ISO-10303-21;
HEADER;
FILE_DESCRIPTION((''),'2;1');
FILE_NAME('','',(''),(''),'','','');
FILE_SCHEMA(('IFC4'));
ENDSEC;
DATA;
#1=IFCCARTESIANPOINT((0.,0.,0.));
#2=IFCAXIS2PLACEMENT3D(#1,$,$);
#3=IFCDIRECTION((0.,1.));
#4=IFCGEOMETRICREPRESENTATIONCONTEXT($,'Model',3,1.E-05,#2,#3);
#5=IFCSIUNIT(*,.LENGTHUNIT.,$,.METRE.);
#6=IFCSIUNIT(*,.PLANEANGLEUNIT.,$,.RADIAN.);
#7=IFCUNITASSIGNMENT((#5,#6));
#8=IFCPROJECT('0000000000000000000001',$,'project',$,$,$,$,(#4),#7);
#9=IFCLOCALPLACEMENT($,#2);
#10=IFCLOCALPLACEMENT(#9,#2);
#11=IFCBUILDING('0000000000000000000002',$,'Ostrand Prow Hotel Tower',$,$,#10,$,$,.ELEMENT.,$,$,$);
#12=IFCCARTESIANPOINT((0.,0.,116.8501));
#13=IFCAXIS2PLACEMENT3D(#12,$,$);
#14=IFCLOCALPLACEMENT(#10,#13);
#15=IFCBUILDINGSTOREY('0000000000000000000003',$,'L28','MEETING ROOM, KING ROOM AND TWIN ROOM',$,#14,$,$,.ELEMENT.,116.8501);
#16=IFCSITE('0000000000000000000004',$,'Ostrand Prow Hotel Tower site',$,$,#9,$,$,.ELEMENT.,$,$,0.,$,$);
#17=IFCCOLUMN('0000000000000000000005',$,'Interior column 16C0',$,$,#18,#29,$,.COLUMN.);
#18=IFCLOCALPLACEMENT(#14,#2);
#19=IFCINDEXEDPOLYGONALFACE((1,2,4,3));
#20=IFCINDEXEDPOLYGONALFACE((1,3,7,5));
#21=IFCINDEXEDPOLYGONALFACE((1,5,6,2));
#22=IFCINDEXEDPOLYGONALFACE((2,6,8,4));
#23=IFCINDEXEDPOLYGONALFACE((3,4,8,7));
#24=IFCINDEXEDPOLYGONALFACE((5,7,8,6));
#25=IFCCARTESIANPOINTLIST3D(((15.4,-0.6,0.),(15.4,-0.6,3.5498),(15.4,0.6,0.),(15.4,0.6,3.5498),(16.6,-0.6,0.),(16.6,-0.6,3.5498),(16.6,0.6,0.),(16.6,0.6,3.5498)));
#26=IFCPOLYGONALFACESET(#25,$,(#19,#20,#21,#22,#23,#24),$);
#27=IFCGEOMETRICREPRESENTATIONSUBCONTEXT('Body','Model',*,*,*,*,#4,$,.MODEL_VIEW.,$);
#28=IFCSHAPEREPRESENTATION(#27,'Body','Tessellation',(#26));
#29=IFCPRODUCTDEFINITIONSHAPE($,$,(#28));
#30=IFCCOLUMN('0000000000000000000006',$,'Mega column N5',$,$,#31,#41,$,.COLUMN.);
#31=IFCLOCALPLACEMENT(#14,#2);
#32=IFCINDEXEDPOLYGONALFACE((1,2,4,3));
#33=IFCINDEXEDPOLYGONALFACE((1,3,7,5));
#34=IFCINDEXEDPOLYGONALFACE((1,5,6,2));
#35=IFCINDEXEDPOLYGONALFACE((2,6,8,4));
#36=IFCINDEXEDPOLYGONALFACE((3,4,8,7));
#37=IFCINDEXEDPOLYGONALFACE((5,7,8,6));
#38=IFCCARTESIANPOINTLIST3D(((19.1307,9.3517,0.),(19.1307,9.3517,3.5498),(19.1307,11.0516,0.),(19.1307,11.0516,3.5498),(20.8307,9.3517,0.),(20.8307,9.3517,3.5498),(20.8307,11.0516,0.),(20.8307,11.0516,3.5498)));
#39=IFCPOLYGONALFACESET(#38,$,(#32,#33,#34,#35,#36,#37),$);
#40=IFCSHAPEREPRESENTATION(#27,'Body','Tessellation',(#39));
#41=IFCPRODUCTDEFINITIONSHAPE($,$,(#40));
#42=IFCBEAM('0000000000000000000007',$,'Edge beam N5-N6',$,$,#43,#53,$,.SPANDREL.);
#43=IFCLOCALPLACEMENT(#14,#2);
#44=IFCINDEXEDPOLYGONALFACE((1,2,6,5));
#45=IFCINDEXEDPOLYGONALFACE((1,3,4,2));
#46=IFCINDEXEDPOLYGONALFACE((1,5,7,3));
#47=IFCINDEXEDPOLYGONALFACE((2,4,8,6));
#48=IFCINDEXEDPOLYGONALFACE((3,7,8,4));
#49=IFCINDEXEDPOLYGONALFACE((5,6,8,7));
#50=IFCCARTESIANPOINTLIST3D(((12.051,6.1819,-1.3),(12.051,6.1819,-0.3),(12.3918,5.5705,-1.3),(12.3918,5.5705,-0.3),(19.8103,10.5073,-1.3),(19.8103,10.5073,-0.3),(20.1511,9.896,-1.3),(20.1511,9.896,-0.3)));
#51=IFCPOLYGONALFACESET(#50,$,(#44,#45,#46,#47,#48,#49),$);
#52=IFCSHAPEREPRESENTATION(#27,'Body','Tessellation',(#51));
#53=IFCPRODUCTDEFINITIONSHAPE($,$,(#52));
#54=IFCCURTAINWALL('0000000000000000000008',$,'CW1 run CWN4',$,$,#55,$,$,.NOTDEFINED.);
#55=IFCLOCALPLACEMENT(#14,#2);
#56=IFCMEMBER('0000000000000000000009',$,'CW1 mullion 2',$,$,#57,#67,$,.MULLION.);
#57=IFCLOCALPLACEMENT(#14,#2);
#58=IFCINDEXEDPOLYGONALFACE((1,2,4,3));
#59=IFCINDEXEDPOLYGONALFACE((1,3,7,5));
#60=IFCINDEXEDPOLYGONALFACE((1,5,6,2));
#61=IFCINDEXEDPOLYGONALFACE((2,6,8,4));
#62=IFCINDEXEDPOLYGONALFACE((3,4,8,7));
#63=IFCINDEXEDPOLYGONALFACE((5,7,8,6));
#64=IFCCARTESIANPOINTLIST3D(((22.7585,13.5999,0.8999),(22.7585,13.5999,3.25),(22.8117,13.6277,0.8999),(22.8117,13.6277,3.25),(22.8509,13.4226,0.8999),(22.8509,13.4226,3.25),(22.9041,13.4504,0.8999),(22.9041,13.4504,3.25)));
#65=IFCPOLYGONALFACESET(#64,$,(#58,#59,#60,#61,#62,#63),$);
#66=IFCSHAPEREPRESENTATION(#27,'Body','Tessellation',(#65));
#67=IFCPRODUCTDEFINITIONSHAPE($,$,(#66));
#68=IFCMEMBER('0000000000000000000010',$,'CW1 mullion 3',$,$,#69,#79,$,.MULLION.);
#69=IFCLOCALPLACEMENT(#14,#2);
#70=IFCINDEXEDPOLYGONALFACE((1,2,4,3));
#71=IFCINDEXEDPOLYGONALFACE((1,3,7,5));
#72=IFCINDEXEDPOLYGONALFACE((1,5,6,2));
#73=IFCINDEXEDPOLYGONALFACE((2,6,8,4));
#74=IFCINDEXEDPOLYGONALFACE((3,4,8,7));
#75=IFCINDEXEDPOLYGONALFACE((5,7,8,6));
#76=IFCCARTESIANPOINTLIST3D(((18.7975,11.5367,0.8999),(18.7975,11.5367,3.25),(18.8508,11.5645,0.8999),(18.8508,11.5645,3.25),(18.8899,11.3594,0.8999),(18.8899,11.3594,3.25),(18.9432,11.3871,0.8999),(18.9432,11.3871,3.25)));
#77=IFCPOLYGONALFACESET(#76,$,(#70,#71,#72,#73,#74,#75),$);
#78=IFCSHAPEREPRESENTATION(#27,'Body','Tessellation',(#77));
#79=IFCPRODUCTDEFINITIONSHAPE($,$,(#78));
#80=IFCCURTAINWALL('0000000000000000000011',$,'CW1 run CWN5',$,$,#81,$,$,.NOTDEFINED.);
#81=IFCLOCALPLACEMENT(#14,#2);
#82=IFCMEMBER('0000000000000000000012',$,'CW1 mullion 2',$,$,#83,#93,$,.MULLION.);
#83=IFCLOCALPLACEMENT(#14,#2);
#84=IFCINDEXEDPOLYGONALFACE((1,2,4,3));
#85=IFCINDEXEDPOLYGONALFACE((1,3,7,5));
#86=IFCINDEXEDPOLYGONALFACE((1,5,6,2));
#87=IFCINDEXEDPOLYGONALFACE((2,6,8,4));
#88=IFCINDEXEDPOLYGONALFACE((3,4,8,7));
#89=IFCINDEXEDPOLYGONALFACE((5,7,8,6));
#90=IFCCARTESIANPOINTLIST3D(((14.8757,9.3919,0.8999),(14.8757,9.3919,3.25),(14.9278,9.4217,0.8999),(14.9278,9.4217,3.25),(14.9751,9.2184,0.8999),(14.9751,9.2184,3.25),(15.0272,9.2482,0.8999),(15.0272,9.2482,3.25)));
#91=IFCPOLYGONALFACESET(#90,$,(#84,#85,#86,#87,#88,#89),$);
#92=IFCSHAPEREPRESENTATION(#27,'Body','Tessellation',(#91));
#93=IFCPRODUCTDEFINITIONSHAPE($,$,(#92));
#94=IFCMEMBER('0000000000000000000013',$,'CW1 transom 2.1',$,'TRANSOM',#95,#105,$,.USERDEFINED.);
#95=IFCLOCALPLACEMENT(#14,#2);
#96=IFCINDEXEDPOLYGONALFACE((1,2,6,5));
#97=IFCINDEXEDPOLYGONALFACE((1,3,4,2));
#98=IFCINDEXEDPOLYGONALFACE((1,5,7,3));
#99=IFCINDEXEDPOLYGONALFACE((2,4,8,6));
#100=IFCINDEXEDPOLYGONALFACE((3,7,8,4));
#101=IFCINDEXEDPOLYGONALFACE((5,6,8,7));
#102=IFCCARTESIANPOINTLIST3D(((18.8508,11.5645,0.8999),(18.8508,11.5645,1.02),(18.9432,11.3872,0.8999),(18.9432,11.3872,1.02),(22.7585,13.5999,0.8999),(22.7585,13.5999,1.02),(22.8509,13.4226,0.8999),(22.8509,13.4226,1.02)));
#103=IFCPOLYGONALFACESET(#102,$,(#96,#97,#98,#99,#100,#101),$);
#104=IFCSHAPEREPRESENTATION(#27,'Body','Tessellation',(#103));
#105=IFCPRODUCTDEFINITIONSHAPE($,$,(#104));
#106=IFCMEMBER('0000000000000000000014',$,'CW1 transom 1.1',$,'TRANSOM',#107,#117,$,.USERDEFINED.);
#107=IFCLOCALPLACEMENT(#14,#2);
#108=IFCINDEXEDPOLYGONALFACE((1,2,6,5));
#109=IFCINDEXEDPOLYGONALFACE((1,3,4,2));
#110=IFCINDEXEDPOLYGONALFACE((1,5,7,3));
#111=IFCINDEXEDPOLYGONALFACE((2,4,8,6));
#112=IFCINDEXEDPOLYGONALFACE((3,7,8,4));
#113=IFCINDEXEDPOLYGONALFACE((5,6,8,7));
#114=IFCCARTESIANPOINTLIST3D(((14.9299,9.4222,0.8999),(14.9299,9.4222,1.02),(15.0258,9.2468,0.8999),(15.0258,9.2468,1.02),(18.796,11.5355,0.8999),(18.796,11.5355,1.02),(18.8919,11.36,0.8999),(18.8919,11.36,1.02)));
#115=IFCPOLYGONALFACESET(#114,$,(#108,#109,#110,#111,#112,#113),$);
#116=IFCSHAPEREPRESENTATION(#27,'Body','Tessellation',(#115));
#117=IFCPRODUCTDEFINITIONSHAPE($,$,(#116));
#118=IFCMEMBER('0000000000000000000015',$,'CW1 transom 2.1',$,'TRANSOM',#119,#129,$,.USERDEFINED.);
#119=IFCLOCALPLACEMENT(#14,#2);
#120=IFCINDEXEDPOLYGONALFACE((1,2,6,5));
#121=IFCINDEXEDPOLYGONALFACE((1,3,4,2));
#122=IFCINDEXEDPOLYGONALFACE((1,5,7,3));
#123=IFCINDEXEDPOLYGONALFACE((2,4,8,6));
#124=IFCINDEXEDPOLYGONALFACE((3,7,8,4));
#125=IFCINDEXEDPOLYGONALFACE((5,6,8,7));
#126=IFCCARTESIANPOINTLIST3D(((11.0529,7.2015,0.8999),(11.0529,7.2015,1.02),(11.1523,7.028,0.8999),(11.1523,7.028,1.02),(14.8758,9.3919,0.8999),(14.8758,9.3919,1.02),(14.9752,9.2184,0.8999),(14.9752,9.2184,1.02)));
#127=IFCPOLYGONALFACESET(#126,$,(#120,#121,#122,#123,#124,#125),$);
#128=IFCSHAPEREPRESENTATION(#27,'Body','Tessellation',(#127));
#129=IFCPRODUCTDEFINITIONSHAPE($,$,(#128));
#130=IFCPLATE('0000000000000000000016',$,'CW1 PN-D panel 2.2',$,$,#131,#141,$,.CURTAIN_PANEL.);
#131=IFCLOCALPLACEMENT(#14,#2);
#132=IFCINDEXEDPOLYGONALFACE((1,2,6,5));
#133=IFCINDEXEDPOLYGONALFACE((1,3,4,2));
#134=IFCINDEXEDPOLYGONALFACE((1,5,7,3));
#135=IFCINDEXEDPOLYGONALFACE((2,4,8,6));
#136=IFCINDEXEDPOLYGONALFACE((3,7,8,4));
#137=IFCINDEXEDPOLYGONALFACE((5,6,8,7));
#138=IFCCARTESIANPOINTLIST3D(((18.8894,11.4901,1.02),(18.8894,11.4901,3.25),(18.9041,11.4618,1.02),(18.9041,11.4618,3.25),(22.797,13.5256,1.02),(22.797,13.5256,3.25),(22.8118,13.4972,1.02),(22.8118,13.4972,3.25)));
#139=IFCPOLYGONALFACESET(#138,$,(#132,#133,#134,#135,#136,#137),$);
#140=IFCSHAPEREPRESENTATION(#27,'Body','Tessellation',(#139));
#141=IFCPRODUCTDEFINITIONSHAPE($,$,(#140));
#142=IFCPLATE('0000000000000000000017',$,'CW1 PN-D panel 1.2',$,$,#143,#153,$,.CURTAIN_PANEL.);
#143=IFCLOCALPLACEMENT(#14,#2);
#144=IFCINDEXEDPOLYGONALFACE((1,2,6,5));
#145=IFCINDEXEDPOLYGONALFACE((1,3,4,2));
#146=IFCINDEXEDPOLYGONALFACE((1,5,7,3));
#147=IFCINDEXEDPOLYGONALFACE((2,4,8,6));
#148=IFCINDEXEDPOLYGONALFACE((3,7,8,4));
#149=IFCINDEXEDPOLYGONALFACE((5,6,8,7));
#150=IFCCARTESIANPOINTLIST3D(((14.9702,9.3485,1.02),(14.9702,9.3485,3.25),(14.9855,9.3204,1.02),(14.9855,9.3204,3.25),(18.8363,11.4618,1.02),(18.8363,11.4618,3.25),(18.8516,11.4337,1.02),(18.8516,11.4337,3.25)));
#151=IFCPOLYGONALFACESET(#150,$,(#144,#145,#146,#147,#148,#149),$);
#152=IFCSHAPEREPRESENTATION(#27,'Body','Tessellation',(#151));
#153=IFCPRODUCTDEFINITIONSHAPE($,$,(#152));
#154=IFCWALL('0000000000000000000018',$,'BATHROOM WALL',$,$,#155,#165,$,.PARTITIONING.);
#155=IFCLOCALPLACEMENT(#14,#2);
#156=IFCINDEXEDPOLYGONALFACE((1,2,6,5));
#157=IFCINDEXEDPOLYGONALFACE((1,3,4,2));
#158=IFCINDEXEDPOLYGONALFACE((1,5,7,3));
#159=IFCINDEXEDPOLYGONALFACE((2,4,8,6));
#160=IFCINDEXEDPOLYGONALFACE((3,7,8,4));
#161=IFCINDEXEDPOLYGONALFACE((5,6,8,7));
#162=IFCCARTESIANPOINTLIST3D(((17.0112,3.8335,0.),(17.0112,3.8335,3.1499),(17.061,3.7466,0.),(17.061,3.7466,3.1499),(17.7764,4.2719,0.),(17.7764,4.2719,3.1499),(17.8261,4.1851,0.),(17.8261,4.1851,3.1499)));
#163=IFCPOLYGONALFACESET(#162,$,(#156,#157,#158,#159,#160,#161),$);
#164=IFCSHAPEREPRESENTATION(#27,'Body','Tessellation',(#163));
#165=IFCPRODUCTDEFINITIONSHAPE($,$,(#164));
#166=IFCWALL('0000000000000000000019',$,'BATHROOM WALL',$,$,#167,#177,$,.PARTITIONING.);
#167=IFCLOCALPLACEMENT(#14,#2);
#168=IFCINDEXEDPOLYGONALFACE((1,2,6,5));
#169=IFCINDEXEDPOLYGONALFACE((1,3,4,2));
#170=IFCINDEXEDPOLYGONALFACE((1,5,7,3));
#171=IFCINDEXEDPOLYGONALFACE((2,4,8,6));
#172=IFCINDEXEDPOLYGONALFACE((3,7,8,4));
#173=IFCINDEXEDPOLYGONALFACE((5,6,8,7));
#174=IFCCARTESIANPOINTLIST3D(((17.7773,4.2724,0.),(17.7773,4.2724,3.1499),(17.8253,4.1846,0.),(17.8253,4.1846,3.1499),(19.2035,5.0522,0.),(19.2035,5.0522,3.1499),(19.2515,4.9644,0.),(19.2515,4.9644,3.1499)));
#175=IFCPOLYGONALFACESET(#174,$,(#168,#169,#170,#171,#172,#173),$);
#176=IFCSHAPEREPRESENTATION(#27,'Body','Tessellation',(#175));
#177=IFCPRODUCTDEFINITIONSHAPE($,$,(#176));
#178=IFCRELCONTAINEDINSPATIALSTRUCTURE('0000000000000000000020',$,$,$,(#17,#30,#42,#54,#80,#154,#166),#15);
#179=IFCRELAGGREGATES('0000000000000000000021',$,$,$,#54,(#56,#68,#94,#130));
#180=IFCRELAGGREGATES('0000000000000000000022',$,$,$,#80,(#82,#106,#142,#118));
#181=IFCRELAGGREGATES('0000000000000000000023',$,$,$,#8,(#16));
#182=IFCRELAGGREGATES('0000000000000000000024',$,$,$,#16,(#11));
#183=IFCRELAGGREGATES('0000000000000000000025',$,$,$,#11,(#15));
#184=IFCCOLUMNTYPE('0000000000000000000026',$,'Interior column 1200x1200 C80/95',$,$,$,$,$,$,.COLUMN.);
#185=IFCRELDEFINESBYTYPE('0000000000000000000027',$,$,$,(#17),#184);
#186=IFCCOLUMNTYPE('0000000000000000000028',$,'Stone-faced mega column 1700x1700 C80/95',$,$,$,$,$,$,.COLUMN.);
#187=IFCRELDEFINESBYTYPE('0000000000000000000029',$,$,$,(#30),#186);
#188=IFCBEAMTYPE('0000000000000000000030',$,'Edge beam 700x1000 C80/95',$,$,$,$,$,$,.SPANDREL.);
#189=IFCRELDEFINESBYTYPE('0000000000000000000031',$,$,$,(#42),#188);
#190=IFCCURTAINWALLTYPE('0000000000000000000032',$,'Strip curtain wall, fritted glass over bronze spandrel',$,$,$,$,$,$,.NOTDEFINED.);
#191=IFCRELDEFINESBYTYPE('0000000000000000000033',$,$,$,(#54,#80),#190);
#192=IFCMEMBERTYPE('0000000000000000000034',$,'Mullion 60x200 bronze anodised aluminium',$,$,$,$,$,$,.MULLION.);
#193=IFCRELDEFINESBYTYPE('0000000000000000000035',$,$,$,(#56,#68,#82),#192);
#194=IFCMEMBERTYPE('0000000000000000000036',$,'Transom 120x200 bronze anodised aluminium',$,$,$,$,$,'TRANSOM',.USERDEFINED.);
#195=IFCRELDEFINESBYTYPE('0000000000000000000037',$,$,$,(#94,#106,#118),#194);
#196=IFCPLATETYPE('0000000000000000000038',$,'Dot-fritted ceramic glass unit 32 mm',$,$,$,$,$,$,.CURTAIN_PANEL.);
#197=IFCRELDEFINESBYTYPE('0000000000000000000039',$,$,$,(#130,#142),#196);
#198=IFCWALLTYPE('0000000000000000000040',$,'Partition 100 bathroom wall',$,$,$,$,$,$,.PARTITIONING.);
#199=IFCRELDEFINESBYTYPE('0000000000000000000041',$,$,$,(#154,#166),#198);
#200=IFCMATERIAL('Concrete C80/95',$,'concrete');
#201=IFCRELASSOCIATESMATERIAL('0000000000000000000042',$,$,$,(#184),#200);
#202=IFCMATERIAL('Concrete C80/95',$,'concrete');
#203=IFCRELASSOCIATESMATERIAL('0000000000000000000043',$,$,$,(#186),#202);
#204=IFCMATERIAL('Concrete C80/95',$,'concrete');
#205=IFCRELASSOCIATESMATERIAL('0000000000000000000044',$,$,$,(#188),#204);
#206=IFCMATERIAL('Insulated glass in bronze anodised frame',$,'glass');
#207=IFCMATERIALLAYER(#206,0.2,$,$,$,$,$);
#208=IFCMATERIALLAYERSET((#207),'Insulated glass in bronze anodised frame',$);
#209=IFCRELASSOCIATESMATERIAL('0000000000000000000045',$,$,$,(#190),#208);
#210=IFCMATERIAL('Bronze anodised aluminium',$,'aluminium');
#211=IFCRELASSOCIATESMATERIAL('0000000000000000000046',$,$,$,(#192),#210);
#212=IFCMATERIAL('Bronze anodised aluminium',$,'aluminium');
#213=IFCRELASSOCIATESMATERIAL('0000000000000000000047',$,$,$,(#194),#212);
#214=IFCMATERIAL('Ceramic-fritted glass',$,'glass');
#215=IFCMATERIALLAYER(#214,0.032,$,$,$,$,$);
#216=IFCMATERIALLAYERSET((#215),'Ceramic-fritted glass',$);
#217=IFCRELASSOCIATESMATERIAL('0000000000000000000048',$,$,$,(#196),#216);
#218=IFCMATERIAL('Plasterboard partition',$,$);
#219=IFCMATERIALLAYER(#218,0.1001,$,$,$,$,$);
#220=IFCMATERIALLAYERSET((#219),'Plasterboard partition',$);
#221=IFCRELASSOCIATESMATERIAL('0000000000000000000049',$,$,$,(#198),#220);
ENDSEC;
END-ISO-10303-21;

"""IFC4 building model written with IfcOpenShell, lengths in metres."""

from ifc_helpers import new_model, si_unit, direction, frame, frame_2d, origin, origin_2d, place, context, subcontext, project, spatial, rectangle, extrude, material, layer, layer_set, material_profile, profile_set, type_object, element, aggregate, save


model = new_model("IFC4")

# Units and contexts
model_context = context("Model", 3, precision=1e-05, world=origin(), true_north=direction((0.0, 1.0)))
body_context = subcontext(model_context, "Body", "Model", "MODEL_VIEW")
ifc_project = project(units=[si_unit("LENGTHUNIT", "METRE"), si_unit("PLANEANGLEUNIT", "RADIAN")], contexts=[model_context])

# Site, building, storey
site_placement = place(None, origin())
site = spatial("IfcSite", under=ifc_project, at=site_placement, Name="Ostrand Prow Hotel Tower site", CompositionType="ELEMENT", RefElevation=0.0)
building_placement = place(site_placement, origin())
building = spatial("IfcBuilding", under=site, at=building_placement, Name="Ostrand Prow Hotel Tower", CompositionType="ELEMENT")
storey_placement = place(building_placement, frame((0.0, 0.0, 116.8501)))
storey = spatial("IfcBuildingStorey", under=building, at=storey_placement, Name="L28", Description="MEETING ROOM, KING ROOM AND TWIN ROOM", CompositionType="ELEMENT", Elevation=116.8501)

# Columns
ifc_material_1 = material(Name="Concrete C80/95", Category="concrete")
ifc_material_profile_1 = material_profile(ifc_material_1, rectangle(XDim=1.2, YDim=1.2, at=origin_2d()), Name="RC 1200x1200")
ifc_profile_set_1 = profile_set([ifc_material_profile_1], Name="Concrete C80/95")
column_type_1 = type_object("IfcColumnType", Name="Interior column 1200x1200 C80/95", PredefinedType="COLUMN", material=ifc_profile_set_1)
column_1_placement = place(storey_placement, frame((16.0, 0.0, 0.0), z_axis=(0.0, 0.0, 1.0), x_axis=(1.0, 0.0, 0.0)))
element("IfcColumn", 1, at=column_1_placement, inside=storey, type_object=column_type_1, Name="Interior column 16C0", PredefinedType="COLUMN", context=body_context, shape_type="SweptSolid", body=[
    extrude(rectangle(XDim=1.2, YDim=1.2, at=origin_2d()), origin(), (0.0, 0.0, 1.0), 3.5498),
])
ifc_material_2 = material(Name="Concrete C80/95", Category="concrete")
ifc_material_profile_2 = material_profile(ifc_material_2, rectangle(XDim=1.7, YDim=1.7, at=origin_2d()), Name="RC 1700x1700")
ifc_profile_set_2 = profile_set([ifc_material_profile_2], Name="Concrete C80/95")
column_type_2 = type_object("IfcColumnType", Name="Stone-faced mega column 1700x1700 C80/95", PredefinedType="COLUMN", material=ifc_profile_set_2)
column_2_placement = place(storey_placement, frame((19.9807, 10.2017, 0.0), z_axis=(0.0, 0.0, 1.0), x_axis=(1.0, 0.0, 0.0)))
element("IfcColumn", 2, at=column_2_placement, inside=storey, type_object=column_type_2, Name="Mega column N5", PredefinedType="COLUMN", context=body_context, shape_type="SweptSolid", body=[
    extrude(rectangle(XDim=1.7, YDim=1.7, at=origin_2d()), origin(), (0.0, 0.0, 1.0), 3.5498),
])

# Beam
ifc_material_3 = material(Name="Concrete C80/95", Category="concrete")
ifc_material_profile_3 = material_profile(ifc_material_3, rectangle(XDim=0.7, YDim=1.0, at=origin_2d()), Name="RC 700x1000")
ifc_profile_set_3 = profile_set([ifc_material_profile_3], Name="Concrete C80/95")
beam_type = type_object("IfcBeamType", Name="Edge beam 700x1000 C80/95", PredefinedType="SPANDREL", material=ifc_profile_set_3)
beam_placement = place(storey_placement, frame((19.9807, 10.2017, -0.8), z_axis=(-0.873452, -0.486909, 0.0), x_axis=(0.486909, -0.873452, 0.0)))
element("IfcBeam", 3, at=beam_placement, inside=storey, type_object=beam_type, Name="Edge beam N5-N6", PredefinedType="SPANDREL", context=body_context, shape_type="SweptSolid", body=[
    extrude(rectangle(XDim=0.7, YDim=1.0, at=origin_2d()), origin(), (0.0, 0.0, 1.0), 8.8835),
])

# Curtain wall, members
ifc_material_4 = material(Name="Insulated glass in bronze anodised frame", Category="glass")
ifc_layer_1 = layer(ifc_material_4, 0.2)
ifc_layer_set_1 = layer_set([ifc_layer_1], Name="Insulated glass in bronze anodised frame")
curtain_wall_type = type_object("IfcCurtainWallType", Name="Strip curtain wall, fritted glass over bronze spandrel", PredefinedType="NOTDEFINED", material=ifc_layer_set_1)
curtain_wall_1_placement = place(storey_placement, origin())
curtain_wall_1 = element("IfcCurtainWall", 4, at=curtain_wall_1_placement, inside=storey, type_object=curtain_wall_type, Name="CW1 run CWN4", PredefinedType="NOTDEFINED")
ifc_material_5 = material(Name="Bronze anodised aluminium", Category="aluminium")
ifc_material_profile_4 = material_profile(ifc_material_5, rectangle(XDim=0.2, YDim=0.0601, at=origin_2d()), Name="Mullion 60x200 bronze anodised aluminium")
ifc_profile_set_4 = profile_set([ifc_material_profile_4], Name="Bronze anodised aluminium")
member_type_1 = type_object("IfcMemberType", Name="Mullion 60x200 bronze anodised aluminium", PredefinedType="MULLION", material=ifc_profile_set_4)
member_1_placement = place(storey_placement, frame((22.8313, 13.5251, 0.8999), z_axis=(0.0, 0.0, 1.0), x_axis=(0.461968, -0.886896, 0.0)))
member_1 = element("IfcMember", 5, at=member_1_placement, type_object=member_type_1, Name="CW1 mullion 2", PredefinedType="MULLION", context=body_context, shape_type="SweptSolid", body=[
    extrude(rectangle(XDim=0.2, YDim=0.0601, at=origin_2d()), origin(), (0.0, 0.0, 1.0), 2.3501),
])
member_2_placement = place(storey_placement, frame((18.8704, 11.4619, 0.8999), z_axis=(0.0, 0.0, 1.0), x_axis=(0.461968, -0.886896, 0.0)))
member_2 = element("IfcMember", 6, at=member_2_placement, type_object=member_type_1, Name="CW1 mullion 3", PredefinedType="MULLION", context=body_context, shape_type="SweptSolid", body=[
    extrude(rectangle(XDim=0.2, YDim=0.0601, at=origin_2d()), origin(), (0.0, 0.0, 1.0), 2.3501),
])

# Curtain wall, member
curtain_wall_2_placement = place(storey_placement, origin())
curtain_wall_2 = element("IfcCurtainWall", 7, at=curtain_wall_2_placement, inside=storey, type_object=curtain_wall_type, Name="CW1 run CWN5", PredefinedType="NOTDEFINED")
member_3_placement = place(storey_placement, frame((14.9514, 9.3201, 0.8999), z_axis=(0.0, 0.0, 1.0), x_axis=(0.497115, -0.867685, 0.0)))
member_3 = element("IfcMember", 8, at=member_3_placement, type_object=member_type_1, Name="CW1 mullion 2", PredefinedType="MULLION", context=body_context, shape_type="SweptSolid", body=[
    extrude(rectangle(XDim=0.2, YDim=0.0601, at=origin_2d()), origin(), (0.0, 0.0, 1.0), 2.3501),
])

# Members
ifc_material_6 = material(Name="Bronze anodised aluminium", Category="aluminium")
ifc_material_profile_5 = material_profile(ifc_material_6, rectangle(XDim=0.2, YDim=0.1201, at=origin_2d()), Name="Transom 120x200 bronze anodised aluminium")
ifc_profile_set_5 = profile_set([ifc_material_profile_5], Name="Bronze anodised aluminium")
member_type_2 = type_object("IfcMemberType", Name="Transom 120x200 bronze anodised aluminium", ElementType="TRANSOM", PredefinedType="USERDEFINED", material=ifc_profile_set_5)
member_4_placement = place(storey_placement, frame((22.8047, 13.5112, 0.96), z_axis=(-0.886902, -0.461958, 0.0), x_axis=(0.461958, -0.886902, 0.0)))
member_4 = element("IfcMember", 9, at=member_4_placement, type_object=member_type_2, Name="CW1 transom 2.1", ObjectType="TRANSOM", PredefinedType="USERDEFINED", context=body_context, shape_type="SweptSolid", body=[
    extrude(rectangle(XDim=0.2, YDim=0.1201, at=origin_2d()), origin(), (0.0, 0.0, 1.0), 4.406),
])
member_5_placement = place(storey_placement, frame((18.844, 11.4478, 0.96), z_axis=(-0.877472, -0.479628, 0.0), x_axis=(0.479628, -0.877472, 0.0)))
member_5 = element("IfcMember", 10, at=member_5_placement, type_object=member_type_2, Name="CW1 transom 1.1", ObjectType="TRANSOM", PredefinedType="USERDEFINED", context=body_context, shape_type="SweptSolid", body=[
    extrude(rectangle(XDim=0.2, YDim=0.1201, at=origin_2d()), origin(), (0.0, 0.0, 1.0), 4.406),
])
member_6_placement = place(storey_placement, frame((14.9255, 9.3052, 0.96), z_axis=(-0.86767, -0.497141, 0.0), x_axis=(0.497141, -0.86767, 0.0)))
member_6 = element("IfcMember", 11, at=member_6_placement, type_object=member_type_2, Name="CW1 transom 2.1", ObjectType="TRANSOM", PredefinedType="USERDEFINED", context=body_context, shape_type="SweptSolid", body=[
    extrude(rectangle(XDim=0.2, YDim=0.1201, at=origin_2d()), origin(), (0.0, 0.0, 1.0), 4.406),
])

# Plates
ifc_material_7 = material(Name="Ceramic-fritted glass", Category="glass")
ifc_layer_2 = layer(ifc_material_7, 0.032)
ifc_layer_set_2 = layer_set([ifc_layer_2], Name="Ceramic-fritted glass")
plate_type = type_object("IfcPlateType", Name="Dot-fritted ceramic glass unit 32 mm", PredefinedType="CURTAIN_PANEL", material=ifc_layer_set_2)
plate_1_placement = place(storey_placement, frame((20.8506, 12.4937, 1.02), z_axis=(0.0, 0.0, 1.0), x_axis=(-0.886896, -0.461968, 0.0)))
plate_1 = element("IfcPlate", 12, at=plate_1_placement, type_object=plate_type, Name="CW1 PN-D panel 2.2", PredefinedType="CURTAIN_PANEL", context=body_context, shape_type="SweptSolid", body=[
    extrude(rectangle(XDim=4.406, YDim=0.032, at=origin_2d()), origin(), (0.0, 0.0, 1.0), 2.23),
])
aggregate(curtain_wall_1, [member_1, member_2, member_4, plate_1])
plate_2_placement = place(storey_placement, frame((16.9109, 10.3911, 1.02), z_axis=(0.0, 0.0, 1.0), x_axis=(-0.877467, -0.479637, 0.0)))
plate_2 = element("IfcPlate", 13, at=plate_2_placement, type_object=plate_type, Name="CW1 PN-D panel 1.2", PredefinedType="CURTAIN_PANEL", context=body_context, shape_type="SweptSolid", body=[
    extrude(rectangle(XDim=4.406, YDim=0.032, at=origin_2d()), origin(), (0.0, 0.0, 1.0), 2.23),
])
aggregate(curtain_wall_2, [member_3, member_5, plate_2, member_6])

# Walls
ifc_material_8 = material(Name="Plasterboard partition")
ifc_layer_3 = layer(ifc_material_8, 0.1001)
ifc_layer_set_3 = layer_set([ifc_layer_3], Name="Plasterboard partition")
wall_type_1 = type_object("IfcWallType", Name="Partition 100 bathroom wall", PredefinedType="PARTITIONING", material=ifc_layer_set_3)
wall_1_placement = place(storey_placement, frame((17.0361, 3.79, 0.0), z_axis=(0.0, 0.0, 1.0), x_axis=(0.867629, 0.497212, 0.0)))
element("IfcWall", 14, at=wall_1_placement, inside=storey, type_object=wall_type_1, Name="BATHROOM WALL", PredefinedType="PARTITIONING", context=body_context, shape_type="SweptSolid", body=[
    extrude(rectangle(XDim=0.8818, YDim=0.1001, at=frame_2d((0.4409, 0.0))), origin(), (0.0, 0.0, 1.0), 3.1499),
])
wall_2_placement = place(storey_placement, frame((17.8013, 4.2285, 0.0), z_axis=(0.0, 0.0, 1.0), x_axis=(0.877424, 0.479715, 0.0)))
element("IfcWall", 15, at=wall_2_placement, inside=storey, type_object=wall_type_1, Name="BATHROOM WALL", PredefinedType="PARTITIONING", context=body_context, shape_type="SweptSolid", body=[
    extrude(rectangle(XDim=1.6255, YDim=0.1001, at=frame_2d((0.8127, 0.0))), origin(), (0.0, 0.0, 1.0), 3.1499),
])

save(model, "model.ifc")
